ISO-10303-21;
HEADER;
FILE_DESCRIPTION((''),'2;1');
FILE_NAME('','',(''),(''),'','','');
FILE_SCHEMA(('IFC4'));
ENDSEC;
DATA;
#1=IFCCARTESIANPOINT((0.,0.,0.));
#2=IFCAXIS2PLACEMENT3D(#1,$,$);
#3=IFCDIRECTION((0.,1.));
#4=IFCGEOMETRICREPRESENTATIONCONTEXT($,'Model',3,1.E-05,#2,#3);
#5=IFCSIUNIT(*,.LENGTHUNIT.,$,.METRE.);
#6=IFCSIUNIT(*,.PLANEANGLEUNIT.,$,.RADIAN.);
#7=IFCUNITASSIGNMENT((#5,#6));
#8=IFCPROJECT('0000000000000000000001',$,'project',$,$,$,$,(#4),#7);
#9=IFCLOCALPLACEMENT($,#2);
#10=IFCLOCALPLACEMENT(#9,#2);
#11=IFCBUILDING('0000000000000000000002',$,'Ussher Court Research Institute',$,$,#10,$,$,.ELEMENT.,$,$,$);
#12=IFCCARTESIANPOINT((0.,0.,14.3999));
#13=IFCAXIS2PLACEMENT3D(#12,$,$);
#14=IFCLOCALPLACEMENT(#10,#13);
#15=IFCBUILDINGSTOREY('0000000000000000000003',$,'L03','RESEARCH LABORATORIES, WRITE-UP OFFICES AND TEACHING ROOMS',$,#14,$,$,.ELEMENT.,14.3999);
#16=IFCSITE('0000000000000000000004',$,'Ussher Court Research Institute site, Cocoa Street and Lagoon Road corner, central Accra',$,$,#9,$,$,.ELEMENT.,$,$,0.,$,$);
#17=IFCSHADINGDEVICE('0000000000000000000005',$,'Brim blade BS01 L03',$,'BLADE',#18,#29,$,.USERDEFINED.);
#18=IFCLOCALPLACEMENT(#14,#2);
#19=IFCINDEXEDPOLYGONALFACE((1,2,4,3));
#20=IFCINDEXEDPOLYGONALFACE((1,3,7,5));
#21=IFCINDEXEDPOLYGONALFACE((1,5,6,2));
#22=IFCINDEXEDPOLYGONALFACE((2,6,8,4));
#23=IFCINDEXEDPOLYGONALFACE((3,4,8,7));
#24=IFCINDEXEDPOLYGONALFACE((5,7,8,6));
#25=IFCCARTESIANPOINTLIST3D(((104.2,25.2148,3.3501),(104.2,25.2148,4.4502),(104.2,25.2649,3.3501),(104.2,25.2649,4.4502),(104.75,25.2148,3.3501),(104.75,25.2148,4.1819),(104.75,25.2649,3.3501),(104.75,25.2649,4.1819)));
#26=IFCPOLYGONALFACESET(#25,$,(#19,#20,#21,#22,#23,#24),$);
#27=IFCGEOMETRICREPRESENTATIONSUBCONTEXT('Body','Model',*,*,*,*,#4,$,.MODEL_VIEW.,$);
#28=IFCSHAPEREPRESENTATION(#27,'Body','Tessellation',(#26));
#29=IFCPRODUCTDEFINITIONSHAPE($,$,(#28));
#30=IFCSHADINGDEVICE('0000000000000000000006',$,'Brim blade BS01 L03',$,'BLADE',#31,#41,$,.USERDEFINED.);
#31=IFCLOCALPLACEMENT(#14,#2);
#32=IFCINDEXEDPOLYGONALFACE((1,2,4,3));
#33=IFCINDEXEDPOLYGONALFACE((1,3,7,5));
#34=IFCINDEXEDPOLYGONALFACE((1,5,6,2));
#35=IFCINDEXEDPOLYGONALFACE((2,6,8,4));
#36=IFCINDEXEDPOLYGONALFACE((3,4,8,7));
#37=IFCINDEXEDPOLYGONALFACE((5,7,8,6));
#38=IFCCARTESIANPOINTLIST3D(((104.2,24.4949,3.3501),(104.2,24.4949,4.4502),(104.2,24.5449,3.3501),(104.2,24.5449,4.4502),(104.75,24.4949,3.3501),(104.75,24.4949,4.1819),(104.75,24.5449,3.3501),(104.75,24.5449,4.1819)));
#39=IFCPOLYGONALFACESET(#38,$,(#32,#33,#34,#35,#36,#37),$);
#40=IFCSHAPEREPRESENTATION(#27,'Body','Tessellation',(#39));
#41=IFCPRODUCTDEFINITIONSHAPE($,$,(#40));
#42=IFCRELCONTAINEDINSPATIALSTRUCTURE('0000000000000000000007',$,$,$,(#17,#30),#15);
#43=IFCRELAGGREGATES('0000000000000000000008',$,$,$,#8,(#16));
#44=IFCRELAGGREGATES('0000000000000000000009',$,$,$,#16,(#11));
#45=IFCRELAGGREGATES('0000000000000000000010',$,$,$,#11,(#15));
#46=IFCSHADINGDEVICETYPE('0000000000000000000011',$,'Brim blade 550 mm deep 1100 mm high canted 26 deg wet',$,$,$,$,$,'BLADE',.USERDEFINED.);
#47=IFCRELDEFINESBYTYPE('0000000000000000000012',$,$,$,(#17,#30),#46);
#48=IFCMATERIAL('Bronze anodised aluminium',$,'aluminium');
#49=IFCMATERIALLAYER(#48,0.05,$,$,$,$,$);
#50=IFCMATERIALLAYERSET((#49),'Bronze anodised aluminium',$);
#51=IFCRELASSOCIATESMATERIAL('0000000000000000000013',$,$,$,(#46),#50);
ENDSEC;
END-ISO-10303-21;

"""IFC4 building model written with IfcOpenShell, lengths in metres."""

from ifc_helpers import new_model, si_unit, direction, frame, origin, place, context, subcontext, project, spatial, polyline, outline, extrude, material, layer, layer_set, type_object, element, save


model = new_model("IFC4")

# Units and contexts
model_context = context("Model", 3, precision=1e-05, world=origin(), true_north=direction((0.0, 1.0)))
body_context = subcontext(model_context, "Body", "Model", "MODEL_VIEW")
ifc_project = project(units=[si_unit("LENGTHUNIT", "METRE"), si_unit("PLANEANGLEUNIT", "RADIAN")], contexts=[model_context])

# Site, building, storey
site_placement = place(None, origin())
site = spatial("IfcSite", under=ifc_project, at=site_placement, Name="Ussher Court Research Institute site, Cocoa Street and Lagoon Road corner, central Accra", CompositionType="ELEMENT", RefElevation=0.0)
building_placement = place(site_placement, origin())
building = spatial("IfcBuilding", under=site, at=building_placement, Name="Ussher Court Research Institute", CompositionType="ELEMENT")
storey_placement = place(building_placement, frame((0.0, 0.0, 14.3999)))
storey = spatial("IfcBuildingStorey", under=building, at=storey_placement, Name="L03", Description="RESEARCH LABORATORIES, WRITE-UP OFFICES AND TEACHING ROOMS", CompositionType="ELEMENT", Elevation=14.3999)

# Shading devices
ifc_material_1 = material(Name="Bronze anodised aluminium", Category="aluminium")
ifc_layer_1 = layer(ifc_material_1, 0.05)
ifc_layer_set_1 = layer_set([ifc_layer_1], Name="Bronze anodised aluminium")
shading_device_type_1 = type_object("IfcShadingDeviceType", Name="Brim blade 550 mm deep 1100 mm high canted 26 deg wet", ElementType="BLADE", PredefinedType="USERDEFINED", material=ifc_layer_set_1)
for number, where, z_axis, x_axis, name in (
    (1, (104.2, 25.24, 3.3501), (0.0, 0.0, 1.0), (1.0, 0.0, 0.0), "Brim blade BS01 L03"),
    (2, (104.2, 24.52, 3.3501), (0.0, 0.0, 1.0), (1.0, 0.0, 0.0), "Brim blade BS01 L03"),
):
    element("IfcShadingDevice", number, at=place(storey_placement, frame(where, z_axis=z_axis, x_axis=x_axis)), inside=storey, type_object=shading_device_type_1, Name=name, ObjectType="BLADE", PredefinedType="USERDEFINED", context=body_context, shape_type="SweptSolid", body=[
        extrude(outline(polyline([(0.0, 0.0), (0.55, 0.0), (0.55, 0.8318), (0.0, 1.1001), (0.0, 0.0)])), frame((0.0, 0.0249, 0.0), z_axis=(0.0, -1.0, 0.0), x_axis=(1.0, 0.0, 0.0)), (0.0, 0.0, 1.0), 0.05),
    ])

save(model, "model.ifc")
